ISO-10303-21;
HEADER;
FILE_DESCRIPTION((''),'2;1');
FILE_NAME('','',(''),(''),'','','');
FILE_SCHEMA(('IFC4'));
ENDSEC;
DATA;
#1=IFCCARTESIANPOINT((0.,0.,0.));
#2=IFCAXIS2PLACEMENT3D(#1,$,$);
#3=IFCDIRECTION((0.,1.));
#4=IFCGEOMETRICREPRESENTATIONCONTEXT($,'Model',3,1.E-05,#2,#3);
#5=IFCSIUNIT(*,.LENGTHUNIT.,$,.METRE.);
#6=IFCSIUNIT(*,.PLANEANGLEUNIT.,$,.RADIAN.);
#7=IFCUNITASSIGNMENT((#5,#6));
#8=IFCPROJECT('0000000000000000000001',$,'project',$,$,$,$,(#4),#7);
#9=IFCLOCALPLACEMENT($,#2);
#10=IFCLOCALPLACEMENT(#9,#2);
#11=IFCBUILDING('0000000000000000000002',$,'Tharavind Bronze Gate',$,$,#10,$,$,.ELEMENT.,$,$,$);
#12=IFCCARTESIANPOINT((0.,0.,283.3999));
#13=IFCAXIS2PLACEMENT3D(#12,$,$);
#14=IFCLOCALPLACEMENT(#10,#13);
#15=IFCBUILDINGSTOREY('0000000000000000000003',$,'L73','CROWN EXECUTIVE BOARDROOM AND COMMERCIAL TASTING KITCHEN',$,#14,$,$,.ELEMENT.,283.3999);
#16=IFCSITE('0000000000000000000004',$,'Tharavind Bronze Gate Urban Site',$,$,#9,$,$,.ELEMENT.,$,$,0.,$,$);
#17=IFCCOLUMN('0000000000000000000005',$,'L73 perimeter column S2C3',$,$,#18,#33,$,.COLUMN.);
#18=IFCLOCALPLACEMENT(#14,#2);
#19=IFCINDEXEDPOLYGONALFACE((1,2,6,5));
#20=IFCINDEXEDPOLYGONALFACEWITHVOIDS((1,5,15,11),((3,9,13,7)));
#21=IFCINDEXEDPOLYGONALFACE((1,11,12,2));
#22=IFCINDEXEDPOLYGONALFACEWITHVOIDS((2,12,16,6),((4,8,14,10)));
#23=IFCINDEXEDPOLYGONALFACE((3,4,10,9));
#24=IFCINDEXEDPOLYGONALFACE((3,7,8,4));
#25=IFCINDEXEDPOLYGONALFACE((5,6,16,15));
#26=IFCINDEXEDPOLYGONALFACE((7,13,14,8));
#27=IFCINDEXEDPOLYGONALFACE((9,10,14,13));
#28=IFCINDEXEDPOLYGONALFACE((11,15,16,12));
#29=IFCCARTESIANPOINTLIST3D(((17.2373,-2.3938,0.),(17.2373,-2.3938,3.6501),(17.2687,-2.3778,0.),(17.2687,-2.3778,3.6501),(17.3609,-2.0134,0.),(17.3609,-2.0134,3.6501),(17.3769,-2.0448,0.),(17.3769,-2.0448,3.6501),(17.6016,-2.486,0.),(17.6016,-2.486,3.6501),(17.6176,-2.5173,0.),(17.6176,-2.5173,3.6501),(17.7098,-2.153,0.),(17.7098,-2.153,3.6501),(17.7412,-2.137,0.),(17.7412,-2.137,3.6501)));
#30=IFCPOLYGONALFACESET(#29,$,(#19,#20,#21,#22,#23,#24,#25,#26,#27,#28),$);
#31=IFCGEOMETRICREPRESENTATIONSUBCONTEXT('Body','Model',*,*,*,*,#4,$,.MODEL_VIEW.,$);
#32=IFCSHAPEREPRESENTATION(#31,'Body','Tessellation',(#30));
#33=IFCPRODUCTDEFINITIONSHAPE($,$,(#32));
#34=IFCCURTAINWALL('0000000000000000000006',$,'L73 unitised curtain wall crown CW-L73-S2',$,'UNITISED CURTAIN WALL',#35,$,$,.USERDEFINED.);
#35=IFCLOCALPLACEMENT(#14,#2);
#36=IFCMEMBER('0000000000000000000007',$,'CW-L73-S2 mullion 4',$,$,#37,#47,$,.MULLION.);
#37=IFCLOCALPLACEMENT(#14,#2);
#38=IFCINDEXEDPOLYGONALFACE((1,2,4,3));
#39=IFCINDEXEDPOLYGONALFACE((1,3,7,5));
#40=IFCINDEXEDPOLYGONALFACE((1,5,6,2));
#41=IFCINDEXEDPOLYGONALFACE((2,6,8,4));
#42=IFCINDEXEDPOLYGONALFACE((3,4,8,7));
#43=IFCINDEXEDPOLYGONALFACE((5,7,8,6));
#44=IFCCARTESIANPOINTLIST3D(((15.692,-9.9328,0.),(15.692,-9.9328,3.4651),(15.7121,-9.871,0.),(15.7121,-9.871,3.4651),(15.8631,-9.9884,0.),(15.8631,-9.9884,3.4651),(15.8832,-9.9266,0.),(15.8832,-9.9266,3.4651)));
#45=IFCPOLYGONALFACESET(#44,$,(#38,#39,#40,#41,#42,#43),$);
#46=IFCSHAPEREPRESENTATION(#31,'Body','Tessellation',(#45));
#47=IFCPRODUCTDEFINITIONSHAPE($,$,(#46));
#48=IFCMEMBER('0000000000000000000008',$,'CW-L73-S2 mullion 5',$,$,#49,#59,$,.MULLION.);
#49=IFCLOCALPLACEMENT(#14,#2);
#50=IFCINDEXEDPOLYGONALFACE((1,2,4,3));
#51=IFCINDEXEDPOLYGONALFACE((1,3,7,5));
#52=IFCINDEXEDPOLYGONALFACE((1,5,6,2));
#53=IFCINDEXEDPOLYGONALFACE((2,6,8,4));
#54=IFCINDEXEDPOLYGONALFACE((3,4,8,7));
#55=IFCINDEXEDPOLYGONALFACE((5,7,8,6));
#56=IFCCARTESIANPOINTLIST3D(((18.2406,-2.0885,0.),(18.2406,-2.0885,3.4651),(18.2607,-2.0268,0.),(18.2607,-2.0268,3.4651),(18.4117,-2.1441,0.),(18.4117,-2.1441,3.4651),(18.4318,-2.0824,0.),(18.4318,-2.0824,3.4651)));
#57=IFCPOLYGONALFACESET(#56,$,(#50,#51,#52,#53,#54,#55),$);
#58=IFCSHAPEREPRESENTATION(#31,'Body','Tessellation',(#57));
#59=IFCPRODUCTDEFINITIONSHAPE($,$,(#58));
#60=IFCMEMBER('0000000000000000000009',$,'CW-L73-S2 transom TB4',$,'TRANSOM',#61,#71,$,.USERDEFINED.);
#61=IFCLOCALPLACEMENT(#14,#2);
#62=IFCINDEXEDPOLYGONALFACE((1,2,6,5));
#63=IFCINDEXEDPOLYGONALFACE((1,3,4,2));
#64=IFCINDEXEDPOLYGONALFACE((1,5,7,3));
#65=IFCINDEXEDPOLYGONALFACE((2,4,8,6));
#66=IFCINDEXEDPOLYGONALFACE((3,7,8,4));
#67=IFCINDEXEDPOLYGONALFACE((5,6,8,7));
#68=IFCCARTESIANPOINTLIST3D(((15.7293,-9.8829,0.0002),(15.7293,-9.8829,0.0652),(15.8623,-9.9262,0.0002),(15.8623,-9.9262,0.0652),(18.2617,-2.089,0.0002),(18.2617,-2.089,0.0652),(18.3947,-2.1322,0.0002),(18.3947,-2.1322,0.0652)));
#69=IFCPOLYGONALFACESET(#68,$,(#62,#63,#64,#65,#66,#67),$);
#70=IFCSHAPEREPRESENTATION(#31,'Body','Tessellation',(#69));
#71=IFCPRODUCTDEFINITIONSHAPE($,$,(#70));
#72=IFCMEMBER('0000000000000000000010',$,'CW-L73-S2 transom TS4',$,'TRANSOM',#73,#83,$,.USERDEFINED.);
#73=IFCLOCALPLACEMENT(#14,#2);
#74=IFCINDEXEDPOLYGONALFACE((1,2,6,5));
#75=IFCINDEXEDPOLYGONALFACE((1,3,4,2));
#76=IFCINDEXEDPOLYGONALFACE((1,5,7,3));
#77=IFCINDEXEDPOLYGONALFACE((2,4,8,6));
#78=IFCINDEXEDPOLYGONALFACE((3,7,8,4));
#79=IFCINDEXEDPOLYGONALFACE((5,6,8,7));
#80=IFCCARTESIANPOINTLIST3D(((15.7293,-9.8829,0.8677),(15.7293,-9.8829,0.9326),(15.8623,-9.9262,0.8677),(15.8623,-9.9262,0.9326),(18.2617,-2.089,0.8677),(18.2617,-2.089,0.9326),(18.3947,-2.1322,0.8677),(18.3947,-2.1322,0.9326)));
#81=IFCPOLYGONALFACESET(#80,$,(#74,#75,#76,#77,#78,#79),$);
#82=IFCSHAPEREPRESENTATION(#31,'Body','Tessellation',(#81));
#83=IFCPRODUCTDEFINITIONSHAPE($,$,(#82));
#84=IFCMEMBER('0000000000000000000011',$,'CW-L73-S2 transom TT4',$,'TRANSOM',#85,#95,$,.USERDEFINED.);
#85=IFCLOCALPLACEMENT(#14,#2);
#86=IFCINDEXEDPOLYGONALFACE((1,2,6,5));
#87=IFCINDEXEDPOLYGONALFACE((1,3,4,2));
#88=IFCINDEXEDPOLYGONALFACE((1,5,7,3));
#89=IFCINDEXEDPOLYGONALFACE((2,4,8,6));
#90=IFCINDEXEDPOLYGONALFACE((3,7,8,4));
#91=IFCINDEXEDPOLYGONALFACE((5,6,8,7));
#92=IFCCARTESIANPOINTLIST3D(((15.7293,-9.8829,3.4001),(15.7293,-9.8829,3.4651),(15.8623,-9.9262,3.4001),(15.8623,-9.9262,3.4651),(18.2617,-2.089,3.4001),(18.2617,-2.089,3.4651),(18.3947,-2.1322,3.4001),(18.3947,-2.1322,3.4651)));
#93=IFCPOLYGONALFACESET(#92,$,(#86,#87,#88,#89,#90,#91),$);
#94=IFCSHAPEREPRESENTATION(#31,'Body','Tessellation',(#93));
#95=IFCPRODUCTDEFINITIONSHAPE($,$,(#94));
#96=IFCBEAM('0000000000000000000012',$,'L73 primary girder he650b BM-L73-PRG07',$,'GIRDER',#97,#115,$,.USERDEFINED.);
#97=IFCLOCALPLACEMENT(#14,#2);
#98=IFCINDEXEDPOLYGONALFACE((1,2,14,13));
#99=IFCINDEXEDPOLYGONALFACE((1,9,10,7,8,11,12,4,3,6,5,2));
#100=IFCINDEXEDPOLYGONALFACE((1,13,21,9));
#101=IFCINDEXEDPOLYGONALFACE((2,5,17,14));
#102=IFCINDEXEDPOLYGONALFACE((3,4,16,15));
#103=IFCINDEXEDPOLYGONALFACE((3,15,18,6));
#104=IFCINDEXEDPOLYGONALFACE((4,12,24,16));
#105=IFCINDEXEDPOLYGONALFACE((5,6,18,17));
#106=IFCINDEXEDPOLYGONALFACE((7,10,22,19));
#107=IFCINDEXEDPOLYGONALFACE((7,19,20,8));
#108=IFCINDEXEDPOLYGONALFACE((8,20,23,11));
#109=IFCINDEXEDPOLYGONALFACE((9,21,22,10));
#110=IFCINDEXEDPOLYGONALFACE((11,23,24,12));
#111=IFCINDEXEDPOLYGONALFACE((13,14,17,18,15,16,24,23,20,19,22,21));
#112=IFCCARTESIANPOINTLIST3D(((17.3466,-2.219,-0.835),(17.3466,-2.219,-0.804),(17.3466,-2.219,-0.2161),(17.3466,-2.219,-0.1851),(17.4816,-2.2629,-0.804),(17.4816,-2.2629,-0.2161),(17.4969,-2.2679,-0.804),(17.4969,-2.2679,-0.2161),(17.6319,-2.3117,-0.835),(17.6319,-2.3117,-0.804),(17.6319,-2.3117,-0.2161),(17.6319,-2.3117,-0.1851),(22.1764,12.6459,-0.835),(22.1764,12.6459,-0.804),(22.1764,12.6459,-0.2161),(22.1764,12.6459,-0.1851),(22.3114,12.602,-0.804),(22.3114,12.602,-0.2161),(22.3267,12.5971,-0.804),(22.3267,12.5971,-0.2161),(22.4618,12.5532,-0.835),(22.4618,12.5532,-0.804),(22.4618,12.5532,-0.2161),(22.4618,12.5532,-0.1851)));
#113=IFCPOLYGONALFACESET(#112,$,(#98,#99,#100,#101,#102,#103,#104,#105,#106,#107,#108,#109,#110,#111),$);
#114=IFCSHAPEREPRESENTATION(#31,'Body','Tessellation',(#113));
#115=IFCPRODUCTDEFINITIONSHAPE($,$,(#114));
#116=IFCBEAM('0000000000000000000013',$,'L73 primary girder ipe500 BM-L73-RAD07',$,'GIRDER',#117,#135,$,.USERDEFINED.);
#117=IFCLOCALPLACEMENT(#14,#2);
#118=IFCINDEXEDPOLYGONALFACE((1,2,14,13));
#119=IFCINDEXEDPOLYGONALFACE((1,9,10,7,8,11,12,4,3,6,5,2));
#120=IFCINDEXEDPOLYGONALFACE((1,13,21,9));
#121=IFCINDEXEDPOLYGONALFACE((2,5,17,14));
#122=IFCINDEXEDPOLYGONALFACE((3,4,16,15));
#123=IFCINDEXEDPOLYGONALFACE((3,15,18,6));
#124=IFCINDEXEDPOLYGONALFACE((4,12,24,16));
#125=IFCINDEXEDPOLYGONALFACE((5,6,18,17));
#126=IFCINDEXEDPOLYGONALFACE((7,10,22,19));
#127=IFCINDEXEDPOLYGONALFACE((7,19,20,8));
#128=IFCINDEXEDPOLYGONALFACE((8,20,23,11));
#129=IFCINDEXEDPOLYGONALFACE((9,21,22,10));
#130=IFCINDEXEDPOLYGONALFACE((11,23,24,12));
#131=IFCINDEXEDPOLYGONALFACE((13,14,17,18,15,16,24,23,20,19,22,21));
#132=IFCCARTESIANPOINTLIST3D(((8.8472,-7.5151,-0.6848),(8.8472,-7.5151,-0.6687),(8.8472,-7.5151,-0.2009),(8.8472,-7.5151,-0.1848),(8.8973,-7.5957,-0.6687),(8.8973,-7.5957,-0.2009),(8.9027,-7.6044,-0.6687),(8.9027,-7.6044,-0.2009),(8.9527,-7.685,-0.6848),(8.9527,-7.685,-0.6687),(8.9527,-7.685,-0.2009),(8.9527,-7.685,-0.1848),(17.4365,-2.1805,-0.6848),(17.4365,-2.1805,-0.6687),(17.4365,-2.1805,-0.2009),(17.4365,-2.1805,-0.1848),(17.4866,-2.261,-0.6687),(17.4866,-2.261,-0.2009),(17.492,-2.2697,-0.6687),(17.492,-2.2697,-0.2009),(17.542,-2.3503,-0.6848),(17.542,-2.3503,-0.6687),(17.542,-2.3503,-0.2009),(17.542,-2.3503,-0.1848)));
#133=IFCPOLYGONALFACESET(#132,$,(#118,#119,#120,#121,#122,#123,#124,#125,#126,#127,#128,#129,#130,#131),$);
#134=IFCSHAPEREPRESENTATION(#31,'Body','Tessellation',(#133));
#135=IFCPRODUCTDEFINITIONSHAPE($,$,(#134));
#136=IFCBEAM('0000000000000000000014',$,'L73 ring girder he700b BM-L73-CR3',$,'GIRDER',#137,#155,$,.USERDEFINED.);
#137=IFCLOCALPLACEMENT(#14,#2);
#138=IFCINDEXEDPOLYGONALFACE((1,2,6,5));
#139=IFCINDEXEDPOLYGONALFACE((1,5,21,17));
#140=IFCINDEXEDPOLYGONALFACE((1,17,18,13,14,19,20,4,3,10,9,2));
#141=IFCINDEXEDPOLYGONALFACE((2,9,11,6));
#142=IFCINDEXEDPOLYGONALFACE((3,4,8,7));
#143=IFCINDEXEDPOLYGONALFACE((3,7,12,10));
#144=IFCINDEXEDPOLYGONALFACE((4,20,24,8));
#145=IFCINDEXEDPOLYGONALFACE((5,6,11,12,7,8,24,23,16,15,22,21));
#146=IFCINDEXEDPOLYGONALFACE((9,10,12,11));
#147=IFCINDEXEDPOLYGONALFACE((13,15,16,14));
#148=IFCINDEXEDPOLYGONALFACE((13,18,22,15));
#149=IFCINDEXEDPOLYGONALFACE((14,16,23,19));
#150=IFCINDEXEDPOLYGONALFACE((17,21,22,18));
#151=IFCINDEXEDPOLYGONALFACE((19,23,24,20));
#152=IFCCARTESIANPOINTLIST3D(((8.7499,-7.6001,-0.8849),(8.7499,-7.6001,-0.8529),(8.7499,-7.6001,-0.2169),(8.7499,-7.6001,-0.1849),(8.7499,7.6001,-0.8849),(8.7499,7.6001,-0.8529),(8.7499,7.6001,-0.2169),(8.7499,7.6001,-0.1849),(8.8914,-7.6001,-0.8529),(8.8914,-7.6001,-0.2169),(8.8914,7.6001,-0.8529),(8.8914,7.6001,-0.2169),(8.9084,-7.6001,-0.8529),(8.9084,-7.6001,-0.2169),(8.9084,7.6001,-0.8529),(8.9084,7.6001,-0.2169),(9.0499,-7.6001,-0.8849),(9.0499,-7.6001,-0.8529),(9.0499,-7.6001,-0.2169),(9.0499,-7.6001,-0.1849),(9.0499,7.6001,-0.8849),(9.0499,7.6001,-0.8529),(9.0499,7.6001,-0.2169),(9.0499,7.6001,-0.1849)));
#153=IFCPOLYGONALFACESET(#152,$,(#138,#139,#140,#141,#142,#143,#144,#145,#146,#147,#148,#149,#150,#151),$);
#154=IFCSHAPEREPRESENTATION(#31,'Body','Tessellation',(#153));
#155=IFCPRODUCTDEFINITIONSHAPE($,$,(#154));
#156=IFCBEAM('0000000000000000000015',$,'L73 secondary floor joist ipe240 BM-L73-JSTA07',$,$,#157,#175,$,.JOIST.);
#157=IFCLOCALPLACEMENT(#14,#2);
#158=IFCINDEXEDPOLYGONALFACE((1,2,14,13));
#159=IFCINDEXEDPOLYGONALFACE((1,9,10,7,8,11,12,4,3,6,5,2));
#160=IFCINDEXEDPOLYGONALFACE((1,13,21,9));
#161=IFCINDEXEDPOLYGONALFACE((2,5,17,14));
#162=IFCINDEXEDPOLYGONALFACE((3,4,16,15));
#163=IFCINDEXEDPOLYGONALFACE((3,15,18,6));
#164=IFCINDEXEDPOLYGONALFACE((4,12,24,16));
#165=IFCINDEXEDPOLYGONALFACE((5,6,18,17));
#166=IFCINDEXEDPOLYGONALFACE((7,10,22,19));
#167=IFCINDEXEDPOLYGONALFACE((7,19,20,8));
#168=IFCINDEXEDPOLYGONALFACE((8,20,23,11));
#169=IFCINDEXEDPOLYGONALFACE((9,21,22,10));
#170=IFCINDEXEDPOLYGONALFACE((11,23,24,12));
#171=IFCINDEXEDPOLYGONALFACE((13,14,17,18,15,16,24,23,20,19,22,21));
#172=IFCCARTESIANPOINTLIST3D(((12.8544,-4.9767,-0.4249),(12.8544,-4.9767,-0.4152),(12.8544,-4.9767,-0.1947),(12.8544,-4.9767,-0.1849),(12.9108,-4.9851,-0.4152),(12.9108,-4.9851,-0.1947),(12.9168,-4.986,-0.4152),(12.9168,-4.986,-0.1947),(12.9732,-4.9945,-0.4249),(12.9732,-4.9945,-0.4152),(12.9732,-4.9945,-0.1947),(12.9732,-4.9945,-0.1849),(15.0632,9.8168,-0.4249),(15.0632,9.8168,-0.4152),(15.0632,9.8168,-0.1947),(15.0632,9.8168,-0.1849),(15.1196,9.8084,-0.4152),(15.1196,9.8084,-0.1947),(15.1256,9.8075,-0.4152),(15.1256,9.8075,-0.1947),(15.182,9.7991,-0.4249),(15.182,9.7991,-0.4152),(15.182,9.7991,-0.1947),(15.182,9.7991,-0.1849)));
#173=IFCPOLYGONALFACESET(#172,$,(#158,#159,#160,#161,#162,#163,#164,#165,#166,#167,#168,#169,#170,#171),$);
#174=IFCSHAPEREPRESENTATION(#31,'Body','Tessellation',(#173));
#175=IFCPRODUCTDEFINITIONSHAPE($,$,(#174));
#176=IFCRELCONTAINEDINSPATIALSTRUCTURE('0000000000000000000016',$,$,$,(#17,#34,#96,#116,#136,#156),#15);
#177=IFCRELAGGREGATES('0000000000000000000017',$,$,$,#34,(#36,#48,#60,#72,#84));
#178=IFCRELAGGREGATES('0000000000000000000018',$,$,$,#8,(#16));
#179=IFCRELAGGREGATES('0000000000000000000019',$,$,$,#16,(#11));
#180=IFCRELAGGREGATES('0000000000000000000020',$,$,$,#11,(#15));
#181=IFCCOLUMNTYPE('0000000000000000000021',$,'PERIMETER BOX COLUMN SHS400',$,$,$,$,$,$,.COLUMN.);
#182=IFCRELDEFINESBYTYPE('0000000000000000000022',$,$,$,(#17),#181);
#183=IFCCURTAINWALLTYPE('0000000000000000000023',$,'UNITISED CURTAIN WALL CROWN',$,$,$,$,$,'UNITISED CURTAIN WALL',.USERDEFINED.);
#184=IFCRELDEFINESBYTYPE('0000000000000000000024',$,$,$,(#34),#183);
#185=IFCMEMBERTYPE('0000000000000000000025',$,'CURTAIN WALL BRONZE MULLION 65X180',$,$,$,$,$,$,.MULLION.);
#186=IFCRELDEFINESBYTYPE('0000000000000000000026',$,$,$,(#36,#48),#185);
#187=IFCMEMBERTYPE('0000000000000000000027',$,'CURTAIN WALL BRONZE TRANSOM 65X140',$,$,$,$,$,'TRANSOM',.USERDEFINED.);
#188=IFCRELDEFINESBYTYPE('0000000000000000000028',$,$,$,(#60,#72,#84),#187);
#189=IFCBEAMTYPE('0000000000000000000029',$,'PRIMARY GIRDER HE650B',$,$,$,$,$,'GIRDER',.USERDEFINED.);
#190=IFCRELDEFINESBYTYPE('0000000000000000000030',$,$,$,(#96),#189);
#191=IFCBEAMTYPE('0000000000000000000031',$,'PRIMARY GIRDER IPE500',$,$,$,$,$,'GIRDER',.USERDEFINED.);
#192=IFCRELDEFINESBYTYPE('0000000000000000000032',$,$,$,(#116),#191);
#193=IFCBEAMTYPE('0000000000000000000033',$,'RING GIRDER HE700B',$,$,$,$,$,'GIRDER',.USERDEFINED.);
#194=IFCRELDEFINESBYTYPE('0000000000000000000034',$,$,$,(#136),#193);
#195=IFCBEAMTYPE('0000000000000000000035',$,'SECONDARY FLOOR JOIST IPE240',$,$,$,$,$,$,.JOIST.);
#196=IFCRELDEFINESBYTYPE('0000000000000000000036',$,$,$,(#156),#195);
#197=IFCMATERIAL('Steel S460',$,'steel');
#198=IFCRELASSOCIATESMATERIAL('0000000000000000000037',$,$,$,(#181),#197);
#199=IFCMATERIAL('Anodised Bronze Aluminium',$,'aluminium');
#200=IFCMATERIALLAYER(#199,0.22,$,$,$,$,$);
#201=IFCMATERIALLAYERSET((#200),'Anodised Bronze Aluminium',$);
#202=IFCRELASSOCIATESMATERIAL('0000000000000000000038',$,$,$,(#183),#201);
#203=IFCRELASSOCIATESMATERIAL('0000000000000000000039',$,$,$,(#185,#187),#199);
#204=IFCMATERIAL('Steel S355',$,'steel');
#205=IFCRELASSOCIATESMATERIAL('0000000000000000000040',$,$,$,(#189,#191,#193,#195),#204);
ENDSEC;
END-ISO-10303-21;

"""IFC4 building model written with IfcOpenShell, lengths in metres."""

from ifc_helpers import new_model, si_unit, direction, frame, origin, origin_2d, place, context, subcontext, project, spatial, rectangle, hollow_rectangle, i_section, extrude, material, layer, layer_set, material_profile, profile_set, type_object, element, aggregate, save


model = new_model("IFC4")

# Units and contexts
model_context = context("Model", 3, precision=1e-05, world=origin(), true_north=direction((0.0, 1.0)))
body_context = subcontext(model_context, "Body", "Model", "MODEL_VIEW")
ifc_project = project(units=[si_unit("LENGTHUNIT", "METRE"), si_unit("PLANEANGLEUNIT", "RADIAN")], contexts=[model_context])

# Site, building, storey
site_placement = place(None, origin())
site = spatial("IfcSite", under=ifc_project, at=site_placement, Name="Tharavind Bronze Gate Urban Site", CompositionType="ELEMENT", RefElevation=0.0)
building_placement = place(site_placement, origin())
building = spatial("IfcBuilding", under=site, at=building_placement, Name="Tharavind Bronze Gate", CompositionType="ELEMENT")
storey_placement = place(building_placement, frame((0.0, 0.0, 283.3999)))
storey = spatial("IfcBuildingStorey", under=building, at=storey_placement, Name="L73", Description="CROWN EXECUTIVE BOARDROOM AND COMMERCIAL TASTING KITCHEN", CompositionType="ELEMENT", Elevation=283.3999)

# Column
ifc_material_1 = material(Name="Steel S460", Category="steel")
ifc_material_profile_1 = material_profile(ifc_material_1, hollow_rectangle(XDim=0.3999, YDim=0.3999, WallThickness=0.0249, at=origin_2d()), Name="SHS400X25")
ifc_profile_set_1 = profile_set([ifc_material_profile_1], Name="Steel S460")
column_type = type_object("IfcColumnType", Name="PERIMETER BOX COLUMN SHS400", PredefinedType="COLUMN", material=ifc_profile_set_1)
column_placement = place(storey_placement, frame((17.4893, -2.2654, 0.0), z_axis=(0.0, 0.0, 1.0), x_axis=(0.309019, 0.951056, 0.0)))
element("IfcColumn", 1, at=column_placement, inside=storey, type_object=column_type, Name="L73 perimeter column S2C3", PredefinedType="COLUMN", context=body_context, shape_type="SweptSolid", body=[
    extrude(hollow_rectangle(XDim=0.3999, YDim=0.3999, WallThickness=0.0249, at=origin_2d()), origin(), (0.0, 0.0, 1.0), 3.6501),
])

# Curtain wall, members
ifc_material_2 = material(Name="Anodised Bronze Aluminium", Category="aluminium")
ifc_layer_1 = layer(ifc_material_2, 0.22)
ifc_layer_set_1 = layer_set([ifc_layer_1], Name="Anodised Bronze Aluminium")
curtain_wall_type = type_object("IfcCurtainWallType", Name="UNITISED CURTAIN WALL CROWN", ElementType="UNITISED CURTAIN WALL", PredefinedType="USERDEFINED", material=ifc_layer_set_1)
curtain_wall_placement = place(storey_placement, origin())
curtain_wall = element("IfcCurtainWall", 2, at=curtain_wall_placement, inside=storey, type_object=curtain_wall_type, Name="L73 unitised curtain wall crown CW-L73-S2", ObjectType="UNITISED CURTAIN WALL", PredefinedType="USERDEFINED")
member_type_1 = type_object("IfcMemberType", Name="CURTAIN WALL BRONZE MULLION 65X180", PredefinedType="MULLION", material=ifc_material_2)
member_1_placement = place(storey_placement, frame((15.7876, -9.9297, 0.0), z_axis=(0.0, 0.0, 1.0), x_axis=(0.309017, 0.951057, 0.0)))
member_1 = element("IfcMember", 3, at=member_1_placement, type_object=member_type_1, Name="CW-L73-S2 mullion 4", PredefinedType="MULLION", context=body_context, shape_type="SweptSolid", body=[
    extrude(rectangle(XDim=0.0649, YDim=0.1799, at=origin_2d()), origin(), (0.0, 0.0, 1.0), 3.4651),
])
member_2_placement = place(storey_placement, frame((18.3362, -2.0854, 0.0), z_axis=(0.0, 0.0, 1.0), x_axis=(0.309017, 0.951057, 0.0)))
member_2 = element("IfcMember", 4, at=member_2_placement, type_object=member_type_1, Name="CW-L73-S2 mullion 5", PredefinedType="MULLION", context=body_context, shape_type="SweptSolid", body=[
    extrude(rectangle(XDim=0.0649, YDim=0.1799, at=origin_2d()), origin(), (0.0, 0.0, 1.0), 3.4651),
])
member_type_2 = type_object("IfcMemberType", Name="CURTAIN WALL BRONZE TRANSOM 65X140", ElementType="TRANSOM", PredefinedType="USERDEFINED", material=ifc_material_2)
member_3_placement = place(storey_placement, frame((17.062, -6.0076, 0.0002), z_axis=(0.0, 0.0, 1.0), x_axis=(0.309017, 0.951057, 0.0)))
member_3 = element("IfcMember", 5, at=member_3_placement, type_object=member_type_2, Name="CW-L73-S2 transom TB4", ObjectType="TRANSOM", PredefinedType="USERDEFINED", context=body_context, shape_type="SweptSolid", body=[
    extrude(rectangle(XDim=8.1951, YDim=0.1399, at=origin_2d()), origin(), (0.0, 0.0, 1.0), 0.0649),
])
member_4_placement = place(storey_placement, frame((17.062, -6.0076, 0.8677), z_axis=(0.0, 0.0, 1.0), x_axis=(0.309017, 0.951057, 0.0)))
member_4 = element("IfcMember", 6, at=member_4_placement, type_object=member_type_2, Name="CW-L73-S2 transom TS4", ObjectType="TRANSOM", PredefinedType="USERDEFINED", context=body_context, shape_type="SweptSolid", body=[
    extrude(rectangle(XDim=8.1951, YDim=0.1399, at=origin_2d()), origin(), (0.0, 0.0, 1.0), 0.0649),
])
member_5_placement = place(storey_placement, frame((17.062, -6.0076, 3.4001), z_axis=(0.0, 0.0, 1.0), x_axis=(0.309017, 0.951057, 0.0)))
member_5 = element("IfcMember", 7, at=member_5_placement, type_object=member_type_2, Name="CW-L73-S2 transom TT4", ObjectType="TRANSOM", PredefinedType="USERDEFINED", context=body_context, shape_type="SweptSolid", body=[
    extrude(rectangle(XDim=8.1951, YDim=0.1399, at=origin_2d()), origin(), (0.0, 0.0, 1.0), 0.0649),
])

# Beams
ifc_material_3 = material(Name="Steel S355", Category="steel")
ifc_material_profile_2 = material_profile(ifc_material_3, i_section(OverallWidth=0.3, OverallDepth=0.6499, WebThickness=0.0161, FlangeThickness=0.031, at=origin_2d()), Name="HE650B")
ifc_profile_set_2 = profile_set([ifc_material_profile_2], Name="Steel S355")
beam_type_1 = type_object("IfcBeamType", Name="PRIMARY GIRDER HE650B", ElementType="GIRDER", PredefinedType="USERDEFINED", material=ifc_profile_set_2)
beam_1_placement = place(storey_placement, frame((17.4893, -2.2654, -0.51), z_axis=(0.309012, 0.951058, 0.0), x_axis=(-0.951058, 0.309012, 0.0)))
element("IfcBeam", 8, at=beam_1_placement, inside=storey, type_object=beam_type_1, Name="L73 primary girder he650b BM-L73-PRG07", ObjectType="GIRDER", PredefinedType="USERDEFINED", context=body_context, shape_type="SweptSolid", body=[
    extrude(i_section(OverallWidth=0.3, OverallDepth=0.6499, WebThickness=0.0161, FlangeThickness=0.031, at=origin_2d()), origin(), (0.0, 0.0, 1.0), 15.6299),
])
ifc_material_profile_3 = material_profile(ifc_material_3, i_section(OverallWidth=0.2, OverallDepth=0.5, WebThickness=0.0103, FlangeThickness=0.0161, at=origin_2d()), Name="IPE500")
ifc_profile_set_3 = profile_set([ifc_material_profile_3], Name="Steel S355")
beam_type_2 = type_object("IfcBeamType", Name="PRIMARY GIRDER IPE500", ElementType="GIRDER", PredefinedType="USERDEFINED", material=ifc_profile_set_3)
beam_2_placement = place(storey_placement, frame((17.4893, -2.2654, -0.4348), z_axis=(-0.84949, -0.527605, 0.0), x_axis=(0.527605, -0.84949, 0.0)))
element("IfcBeam", 9, at=beam_2_placement, inside=storey, type_object=beam_type_2, Name="L73 primary girder ipe500 BM-L73-RAD07", ObjectType="GIRDER", PredefinedType="USERDEFINED", context=body_context, shape_type="SweptSolid", body=[
    extrude(i_section(OverallWidth=0.2, OverallDepth=0.5, WebThickness=0.0103, FlangeThickness=0.0161, at=origin_2d()), origin(), (0.0, 0.0, 1.0), 10.1111),
])
ifc_material_profile_4 = material_profile(ifc_material_3, i_section(OverallWidth=0.3, OverallDepth=0.7, WebThickness=0.0171, FlangeThickness=0.032, at=origin_2d()), Name="HE700B")
ifc_profile_set_4 = profile_set([ifc_material_profile_4], Name="Steel S355")
beam_type_3 = type_object("IfcBeamType", Name="RING GIRDER HE700B", ElementType="GIRDER", PredefinedType="USERDEFINED", material=ifc_profile_set_4)
beam_3_placement = place(storey_placement, frame((8.8999, -7.6001, -0.5349), z_axis=(0.0, 1.0, 0.0), x_axis=(-1.0, 0.0, 0.0)))
element("IfcBeam", 10, at=beam_3_placement, inside=storey, type_object=beam_type_3, Name="L73 ring girder he700b BM-L73-CR3", ObjectType="GIRDER", PredefinedType="USERDEFINED", context=body_context, shape_type="SweptSolid", body=[
    extrude(i_section(OverallWidth=0.3, OverallDepth=0.7, WebThickness=0.0171, FlangeThickness=0.032, at=origin_2d()), origin(), (0.0, 0.0, 1.0), 15.2002),
])
ifc_material_profile_5 = material_profile(ifc_material_3, i_section(OverallWidth=0.1201, OverallDepth=0.24, WebThickness=0.0061, FlangeThickness=0.0098, at=origin_2d()), Name="IPE240")
ifc_profile_set_5 = profile_set([ifc_material_profile_5], Name="Steel S355")
beam_type_4 = type_object("IfcBeamType", Name="SECONDARY FLOOR JOIST IPE240", PredefinedType="JOIST", material=ifc_profile_set_5)
beam_4_placement = place(storey_placement, frame((12.9138, -4.9856, -0.3049), z_axis=(0.147668, 0.989037, 0.0), x_axis=(-0.989037, 0.147668, 0.0)))
element("IfcBeam", 11, at=beam_4_placement, inside=storey, type_object=beam_type_4, Name="L73 secondary floor joist ipe240 BM-L73-JSTA07", PredefinedType="JOIST", context=body_context, shape_type="SweptSolid", body=[
    extrude(i_section(OverallWidth=0.1201, OverallDepth=0.24, WebThickness=0.0061, FlangeThickness=0.0098, at=origin_2d()), origin(), (0.0, 0.0, 1.0), 14.9575),
])

aggregate(curtain_wall, [member_1, member_2, member_3, member_4, member_5])

save(model, "model.ifc")
